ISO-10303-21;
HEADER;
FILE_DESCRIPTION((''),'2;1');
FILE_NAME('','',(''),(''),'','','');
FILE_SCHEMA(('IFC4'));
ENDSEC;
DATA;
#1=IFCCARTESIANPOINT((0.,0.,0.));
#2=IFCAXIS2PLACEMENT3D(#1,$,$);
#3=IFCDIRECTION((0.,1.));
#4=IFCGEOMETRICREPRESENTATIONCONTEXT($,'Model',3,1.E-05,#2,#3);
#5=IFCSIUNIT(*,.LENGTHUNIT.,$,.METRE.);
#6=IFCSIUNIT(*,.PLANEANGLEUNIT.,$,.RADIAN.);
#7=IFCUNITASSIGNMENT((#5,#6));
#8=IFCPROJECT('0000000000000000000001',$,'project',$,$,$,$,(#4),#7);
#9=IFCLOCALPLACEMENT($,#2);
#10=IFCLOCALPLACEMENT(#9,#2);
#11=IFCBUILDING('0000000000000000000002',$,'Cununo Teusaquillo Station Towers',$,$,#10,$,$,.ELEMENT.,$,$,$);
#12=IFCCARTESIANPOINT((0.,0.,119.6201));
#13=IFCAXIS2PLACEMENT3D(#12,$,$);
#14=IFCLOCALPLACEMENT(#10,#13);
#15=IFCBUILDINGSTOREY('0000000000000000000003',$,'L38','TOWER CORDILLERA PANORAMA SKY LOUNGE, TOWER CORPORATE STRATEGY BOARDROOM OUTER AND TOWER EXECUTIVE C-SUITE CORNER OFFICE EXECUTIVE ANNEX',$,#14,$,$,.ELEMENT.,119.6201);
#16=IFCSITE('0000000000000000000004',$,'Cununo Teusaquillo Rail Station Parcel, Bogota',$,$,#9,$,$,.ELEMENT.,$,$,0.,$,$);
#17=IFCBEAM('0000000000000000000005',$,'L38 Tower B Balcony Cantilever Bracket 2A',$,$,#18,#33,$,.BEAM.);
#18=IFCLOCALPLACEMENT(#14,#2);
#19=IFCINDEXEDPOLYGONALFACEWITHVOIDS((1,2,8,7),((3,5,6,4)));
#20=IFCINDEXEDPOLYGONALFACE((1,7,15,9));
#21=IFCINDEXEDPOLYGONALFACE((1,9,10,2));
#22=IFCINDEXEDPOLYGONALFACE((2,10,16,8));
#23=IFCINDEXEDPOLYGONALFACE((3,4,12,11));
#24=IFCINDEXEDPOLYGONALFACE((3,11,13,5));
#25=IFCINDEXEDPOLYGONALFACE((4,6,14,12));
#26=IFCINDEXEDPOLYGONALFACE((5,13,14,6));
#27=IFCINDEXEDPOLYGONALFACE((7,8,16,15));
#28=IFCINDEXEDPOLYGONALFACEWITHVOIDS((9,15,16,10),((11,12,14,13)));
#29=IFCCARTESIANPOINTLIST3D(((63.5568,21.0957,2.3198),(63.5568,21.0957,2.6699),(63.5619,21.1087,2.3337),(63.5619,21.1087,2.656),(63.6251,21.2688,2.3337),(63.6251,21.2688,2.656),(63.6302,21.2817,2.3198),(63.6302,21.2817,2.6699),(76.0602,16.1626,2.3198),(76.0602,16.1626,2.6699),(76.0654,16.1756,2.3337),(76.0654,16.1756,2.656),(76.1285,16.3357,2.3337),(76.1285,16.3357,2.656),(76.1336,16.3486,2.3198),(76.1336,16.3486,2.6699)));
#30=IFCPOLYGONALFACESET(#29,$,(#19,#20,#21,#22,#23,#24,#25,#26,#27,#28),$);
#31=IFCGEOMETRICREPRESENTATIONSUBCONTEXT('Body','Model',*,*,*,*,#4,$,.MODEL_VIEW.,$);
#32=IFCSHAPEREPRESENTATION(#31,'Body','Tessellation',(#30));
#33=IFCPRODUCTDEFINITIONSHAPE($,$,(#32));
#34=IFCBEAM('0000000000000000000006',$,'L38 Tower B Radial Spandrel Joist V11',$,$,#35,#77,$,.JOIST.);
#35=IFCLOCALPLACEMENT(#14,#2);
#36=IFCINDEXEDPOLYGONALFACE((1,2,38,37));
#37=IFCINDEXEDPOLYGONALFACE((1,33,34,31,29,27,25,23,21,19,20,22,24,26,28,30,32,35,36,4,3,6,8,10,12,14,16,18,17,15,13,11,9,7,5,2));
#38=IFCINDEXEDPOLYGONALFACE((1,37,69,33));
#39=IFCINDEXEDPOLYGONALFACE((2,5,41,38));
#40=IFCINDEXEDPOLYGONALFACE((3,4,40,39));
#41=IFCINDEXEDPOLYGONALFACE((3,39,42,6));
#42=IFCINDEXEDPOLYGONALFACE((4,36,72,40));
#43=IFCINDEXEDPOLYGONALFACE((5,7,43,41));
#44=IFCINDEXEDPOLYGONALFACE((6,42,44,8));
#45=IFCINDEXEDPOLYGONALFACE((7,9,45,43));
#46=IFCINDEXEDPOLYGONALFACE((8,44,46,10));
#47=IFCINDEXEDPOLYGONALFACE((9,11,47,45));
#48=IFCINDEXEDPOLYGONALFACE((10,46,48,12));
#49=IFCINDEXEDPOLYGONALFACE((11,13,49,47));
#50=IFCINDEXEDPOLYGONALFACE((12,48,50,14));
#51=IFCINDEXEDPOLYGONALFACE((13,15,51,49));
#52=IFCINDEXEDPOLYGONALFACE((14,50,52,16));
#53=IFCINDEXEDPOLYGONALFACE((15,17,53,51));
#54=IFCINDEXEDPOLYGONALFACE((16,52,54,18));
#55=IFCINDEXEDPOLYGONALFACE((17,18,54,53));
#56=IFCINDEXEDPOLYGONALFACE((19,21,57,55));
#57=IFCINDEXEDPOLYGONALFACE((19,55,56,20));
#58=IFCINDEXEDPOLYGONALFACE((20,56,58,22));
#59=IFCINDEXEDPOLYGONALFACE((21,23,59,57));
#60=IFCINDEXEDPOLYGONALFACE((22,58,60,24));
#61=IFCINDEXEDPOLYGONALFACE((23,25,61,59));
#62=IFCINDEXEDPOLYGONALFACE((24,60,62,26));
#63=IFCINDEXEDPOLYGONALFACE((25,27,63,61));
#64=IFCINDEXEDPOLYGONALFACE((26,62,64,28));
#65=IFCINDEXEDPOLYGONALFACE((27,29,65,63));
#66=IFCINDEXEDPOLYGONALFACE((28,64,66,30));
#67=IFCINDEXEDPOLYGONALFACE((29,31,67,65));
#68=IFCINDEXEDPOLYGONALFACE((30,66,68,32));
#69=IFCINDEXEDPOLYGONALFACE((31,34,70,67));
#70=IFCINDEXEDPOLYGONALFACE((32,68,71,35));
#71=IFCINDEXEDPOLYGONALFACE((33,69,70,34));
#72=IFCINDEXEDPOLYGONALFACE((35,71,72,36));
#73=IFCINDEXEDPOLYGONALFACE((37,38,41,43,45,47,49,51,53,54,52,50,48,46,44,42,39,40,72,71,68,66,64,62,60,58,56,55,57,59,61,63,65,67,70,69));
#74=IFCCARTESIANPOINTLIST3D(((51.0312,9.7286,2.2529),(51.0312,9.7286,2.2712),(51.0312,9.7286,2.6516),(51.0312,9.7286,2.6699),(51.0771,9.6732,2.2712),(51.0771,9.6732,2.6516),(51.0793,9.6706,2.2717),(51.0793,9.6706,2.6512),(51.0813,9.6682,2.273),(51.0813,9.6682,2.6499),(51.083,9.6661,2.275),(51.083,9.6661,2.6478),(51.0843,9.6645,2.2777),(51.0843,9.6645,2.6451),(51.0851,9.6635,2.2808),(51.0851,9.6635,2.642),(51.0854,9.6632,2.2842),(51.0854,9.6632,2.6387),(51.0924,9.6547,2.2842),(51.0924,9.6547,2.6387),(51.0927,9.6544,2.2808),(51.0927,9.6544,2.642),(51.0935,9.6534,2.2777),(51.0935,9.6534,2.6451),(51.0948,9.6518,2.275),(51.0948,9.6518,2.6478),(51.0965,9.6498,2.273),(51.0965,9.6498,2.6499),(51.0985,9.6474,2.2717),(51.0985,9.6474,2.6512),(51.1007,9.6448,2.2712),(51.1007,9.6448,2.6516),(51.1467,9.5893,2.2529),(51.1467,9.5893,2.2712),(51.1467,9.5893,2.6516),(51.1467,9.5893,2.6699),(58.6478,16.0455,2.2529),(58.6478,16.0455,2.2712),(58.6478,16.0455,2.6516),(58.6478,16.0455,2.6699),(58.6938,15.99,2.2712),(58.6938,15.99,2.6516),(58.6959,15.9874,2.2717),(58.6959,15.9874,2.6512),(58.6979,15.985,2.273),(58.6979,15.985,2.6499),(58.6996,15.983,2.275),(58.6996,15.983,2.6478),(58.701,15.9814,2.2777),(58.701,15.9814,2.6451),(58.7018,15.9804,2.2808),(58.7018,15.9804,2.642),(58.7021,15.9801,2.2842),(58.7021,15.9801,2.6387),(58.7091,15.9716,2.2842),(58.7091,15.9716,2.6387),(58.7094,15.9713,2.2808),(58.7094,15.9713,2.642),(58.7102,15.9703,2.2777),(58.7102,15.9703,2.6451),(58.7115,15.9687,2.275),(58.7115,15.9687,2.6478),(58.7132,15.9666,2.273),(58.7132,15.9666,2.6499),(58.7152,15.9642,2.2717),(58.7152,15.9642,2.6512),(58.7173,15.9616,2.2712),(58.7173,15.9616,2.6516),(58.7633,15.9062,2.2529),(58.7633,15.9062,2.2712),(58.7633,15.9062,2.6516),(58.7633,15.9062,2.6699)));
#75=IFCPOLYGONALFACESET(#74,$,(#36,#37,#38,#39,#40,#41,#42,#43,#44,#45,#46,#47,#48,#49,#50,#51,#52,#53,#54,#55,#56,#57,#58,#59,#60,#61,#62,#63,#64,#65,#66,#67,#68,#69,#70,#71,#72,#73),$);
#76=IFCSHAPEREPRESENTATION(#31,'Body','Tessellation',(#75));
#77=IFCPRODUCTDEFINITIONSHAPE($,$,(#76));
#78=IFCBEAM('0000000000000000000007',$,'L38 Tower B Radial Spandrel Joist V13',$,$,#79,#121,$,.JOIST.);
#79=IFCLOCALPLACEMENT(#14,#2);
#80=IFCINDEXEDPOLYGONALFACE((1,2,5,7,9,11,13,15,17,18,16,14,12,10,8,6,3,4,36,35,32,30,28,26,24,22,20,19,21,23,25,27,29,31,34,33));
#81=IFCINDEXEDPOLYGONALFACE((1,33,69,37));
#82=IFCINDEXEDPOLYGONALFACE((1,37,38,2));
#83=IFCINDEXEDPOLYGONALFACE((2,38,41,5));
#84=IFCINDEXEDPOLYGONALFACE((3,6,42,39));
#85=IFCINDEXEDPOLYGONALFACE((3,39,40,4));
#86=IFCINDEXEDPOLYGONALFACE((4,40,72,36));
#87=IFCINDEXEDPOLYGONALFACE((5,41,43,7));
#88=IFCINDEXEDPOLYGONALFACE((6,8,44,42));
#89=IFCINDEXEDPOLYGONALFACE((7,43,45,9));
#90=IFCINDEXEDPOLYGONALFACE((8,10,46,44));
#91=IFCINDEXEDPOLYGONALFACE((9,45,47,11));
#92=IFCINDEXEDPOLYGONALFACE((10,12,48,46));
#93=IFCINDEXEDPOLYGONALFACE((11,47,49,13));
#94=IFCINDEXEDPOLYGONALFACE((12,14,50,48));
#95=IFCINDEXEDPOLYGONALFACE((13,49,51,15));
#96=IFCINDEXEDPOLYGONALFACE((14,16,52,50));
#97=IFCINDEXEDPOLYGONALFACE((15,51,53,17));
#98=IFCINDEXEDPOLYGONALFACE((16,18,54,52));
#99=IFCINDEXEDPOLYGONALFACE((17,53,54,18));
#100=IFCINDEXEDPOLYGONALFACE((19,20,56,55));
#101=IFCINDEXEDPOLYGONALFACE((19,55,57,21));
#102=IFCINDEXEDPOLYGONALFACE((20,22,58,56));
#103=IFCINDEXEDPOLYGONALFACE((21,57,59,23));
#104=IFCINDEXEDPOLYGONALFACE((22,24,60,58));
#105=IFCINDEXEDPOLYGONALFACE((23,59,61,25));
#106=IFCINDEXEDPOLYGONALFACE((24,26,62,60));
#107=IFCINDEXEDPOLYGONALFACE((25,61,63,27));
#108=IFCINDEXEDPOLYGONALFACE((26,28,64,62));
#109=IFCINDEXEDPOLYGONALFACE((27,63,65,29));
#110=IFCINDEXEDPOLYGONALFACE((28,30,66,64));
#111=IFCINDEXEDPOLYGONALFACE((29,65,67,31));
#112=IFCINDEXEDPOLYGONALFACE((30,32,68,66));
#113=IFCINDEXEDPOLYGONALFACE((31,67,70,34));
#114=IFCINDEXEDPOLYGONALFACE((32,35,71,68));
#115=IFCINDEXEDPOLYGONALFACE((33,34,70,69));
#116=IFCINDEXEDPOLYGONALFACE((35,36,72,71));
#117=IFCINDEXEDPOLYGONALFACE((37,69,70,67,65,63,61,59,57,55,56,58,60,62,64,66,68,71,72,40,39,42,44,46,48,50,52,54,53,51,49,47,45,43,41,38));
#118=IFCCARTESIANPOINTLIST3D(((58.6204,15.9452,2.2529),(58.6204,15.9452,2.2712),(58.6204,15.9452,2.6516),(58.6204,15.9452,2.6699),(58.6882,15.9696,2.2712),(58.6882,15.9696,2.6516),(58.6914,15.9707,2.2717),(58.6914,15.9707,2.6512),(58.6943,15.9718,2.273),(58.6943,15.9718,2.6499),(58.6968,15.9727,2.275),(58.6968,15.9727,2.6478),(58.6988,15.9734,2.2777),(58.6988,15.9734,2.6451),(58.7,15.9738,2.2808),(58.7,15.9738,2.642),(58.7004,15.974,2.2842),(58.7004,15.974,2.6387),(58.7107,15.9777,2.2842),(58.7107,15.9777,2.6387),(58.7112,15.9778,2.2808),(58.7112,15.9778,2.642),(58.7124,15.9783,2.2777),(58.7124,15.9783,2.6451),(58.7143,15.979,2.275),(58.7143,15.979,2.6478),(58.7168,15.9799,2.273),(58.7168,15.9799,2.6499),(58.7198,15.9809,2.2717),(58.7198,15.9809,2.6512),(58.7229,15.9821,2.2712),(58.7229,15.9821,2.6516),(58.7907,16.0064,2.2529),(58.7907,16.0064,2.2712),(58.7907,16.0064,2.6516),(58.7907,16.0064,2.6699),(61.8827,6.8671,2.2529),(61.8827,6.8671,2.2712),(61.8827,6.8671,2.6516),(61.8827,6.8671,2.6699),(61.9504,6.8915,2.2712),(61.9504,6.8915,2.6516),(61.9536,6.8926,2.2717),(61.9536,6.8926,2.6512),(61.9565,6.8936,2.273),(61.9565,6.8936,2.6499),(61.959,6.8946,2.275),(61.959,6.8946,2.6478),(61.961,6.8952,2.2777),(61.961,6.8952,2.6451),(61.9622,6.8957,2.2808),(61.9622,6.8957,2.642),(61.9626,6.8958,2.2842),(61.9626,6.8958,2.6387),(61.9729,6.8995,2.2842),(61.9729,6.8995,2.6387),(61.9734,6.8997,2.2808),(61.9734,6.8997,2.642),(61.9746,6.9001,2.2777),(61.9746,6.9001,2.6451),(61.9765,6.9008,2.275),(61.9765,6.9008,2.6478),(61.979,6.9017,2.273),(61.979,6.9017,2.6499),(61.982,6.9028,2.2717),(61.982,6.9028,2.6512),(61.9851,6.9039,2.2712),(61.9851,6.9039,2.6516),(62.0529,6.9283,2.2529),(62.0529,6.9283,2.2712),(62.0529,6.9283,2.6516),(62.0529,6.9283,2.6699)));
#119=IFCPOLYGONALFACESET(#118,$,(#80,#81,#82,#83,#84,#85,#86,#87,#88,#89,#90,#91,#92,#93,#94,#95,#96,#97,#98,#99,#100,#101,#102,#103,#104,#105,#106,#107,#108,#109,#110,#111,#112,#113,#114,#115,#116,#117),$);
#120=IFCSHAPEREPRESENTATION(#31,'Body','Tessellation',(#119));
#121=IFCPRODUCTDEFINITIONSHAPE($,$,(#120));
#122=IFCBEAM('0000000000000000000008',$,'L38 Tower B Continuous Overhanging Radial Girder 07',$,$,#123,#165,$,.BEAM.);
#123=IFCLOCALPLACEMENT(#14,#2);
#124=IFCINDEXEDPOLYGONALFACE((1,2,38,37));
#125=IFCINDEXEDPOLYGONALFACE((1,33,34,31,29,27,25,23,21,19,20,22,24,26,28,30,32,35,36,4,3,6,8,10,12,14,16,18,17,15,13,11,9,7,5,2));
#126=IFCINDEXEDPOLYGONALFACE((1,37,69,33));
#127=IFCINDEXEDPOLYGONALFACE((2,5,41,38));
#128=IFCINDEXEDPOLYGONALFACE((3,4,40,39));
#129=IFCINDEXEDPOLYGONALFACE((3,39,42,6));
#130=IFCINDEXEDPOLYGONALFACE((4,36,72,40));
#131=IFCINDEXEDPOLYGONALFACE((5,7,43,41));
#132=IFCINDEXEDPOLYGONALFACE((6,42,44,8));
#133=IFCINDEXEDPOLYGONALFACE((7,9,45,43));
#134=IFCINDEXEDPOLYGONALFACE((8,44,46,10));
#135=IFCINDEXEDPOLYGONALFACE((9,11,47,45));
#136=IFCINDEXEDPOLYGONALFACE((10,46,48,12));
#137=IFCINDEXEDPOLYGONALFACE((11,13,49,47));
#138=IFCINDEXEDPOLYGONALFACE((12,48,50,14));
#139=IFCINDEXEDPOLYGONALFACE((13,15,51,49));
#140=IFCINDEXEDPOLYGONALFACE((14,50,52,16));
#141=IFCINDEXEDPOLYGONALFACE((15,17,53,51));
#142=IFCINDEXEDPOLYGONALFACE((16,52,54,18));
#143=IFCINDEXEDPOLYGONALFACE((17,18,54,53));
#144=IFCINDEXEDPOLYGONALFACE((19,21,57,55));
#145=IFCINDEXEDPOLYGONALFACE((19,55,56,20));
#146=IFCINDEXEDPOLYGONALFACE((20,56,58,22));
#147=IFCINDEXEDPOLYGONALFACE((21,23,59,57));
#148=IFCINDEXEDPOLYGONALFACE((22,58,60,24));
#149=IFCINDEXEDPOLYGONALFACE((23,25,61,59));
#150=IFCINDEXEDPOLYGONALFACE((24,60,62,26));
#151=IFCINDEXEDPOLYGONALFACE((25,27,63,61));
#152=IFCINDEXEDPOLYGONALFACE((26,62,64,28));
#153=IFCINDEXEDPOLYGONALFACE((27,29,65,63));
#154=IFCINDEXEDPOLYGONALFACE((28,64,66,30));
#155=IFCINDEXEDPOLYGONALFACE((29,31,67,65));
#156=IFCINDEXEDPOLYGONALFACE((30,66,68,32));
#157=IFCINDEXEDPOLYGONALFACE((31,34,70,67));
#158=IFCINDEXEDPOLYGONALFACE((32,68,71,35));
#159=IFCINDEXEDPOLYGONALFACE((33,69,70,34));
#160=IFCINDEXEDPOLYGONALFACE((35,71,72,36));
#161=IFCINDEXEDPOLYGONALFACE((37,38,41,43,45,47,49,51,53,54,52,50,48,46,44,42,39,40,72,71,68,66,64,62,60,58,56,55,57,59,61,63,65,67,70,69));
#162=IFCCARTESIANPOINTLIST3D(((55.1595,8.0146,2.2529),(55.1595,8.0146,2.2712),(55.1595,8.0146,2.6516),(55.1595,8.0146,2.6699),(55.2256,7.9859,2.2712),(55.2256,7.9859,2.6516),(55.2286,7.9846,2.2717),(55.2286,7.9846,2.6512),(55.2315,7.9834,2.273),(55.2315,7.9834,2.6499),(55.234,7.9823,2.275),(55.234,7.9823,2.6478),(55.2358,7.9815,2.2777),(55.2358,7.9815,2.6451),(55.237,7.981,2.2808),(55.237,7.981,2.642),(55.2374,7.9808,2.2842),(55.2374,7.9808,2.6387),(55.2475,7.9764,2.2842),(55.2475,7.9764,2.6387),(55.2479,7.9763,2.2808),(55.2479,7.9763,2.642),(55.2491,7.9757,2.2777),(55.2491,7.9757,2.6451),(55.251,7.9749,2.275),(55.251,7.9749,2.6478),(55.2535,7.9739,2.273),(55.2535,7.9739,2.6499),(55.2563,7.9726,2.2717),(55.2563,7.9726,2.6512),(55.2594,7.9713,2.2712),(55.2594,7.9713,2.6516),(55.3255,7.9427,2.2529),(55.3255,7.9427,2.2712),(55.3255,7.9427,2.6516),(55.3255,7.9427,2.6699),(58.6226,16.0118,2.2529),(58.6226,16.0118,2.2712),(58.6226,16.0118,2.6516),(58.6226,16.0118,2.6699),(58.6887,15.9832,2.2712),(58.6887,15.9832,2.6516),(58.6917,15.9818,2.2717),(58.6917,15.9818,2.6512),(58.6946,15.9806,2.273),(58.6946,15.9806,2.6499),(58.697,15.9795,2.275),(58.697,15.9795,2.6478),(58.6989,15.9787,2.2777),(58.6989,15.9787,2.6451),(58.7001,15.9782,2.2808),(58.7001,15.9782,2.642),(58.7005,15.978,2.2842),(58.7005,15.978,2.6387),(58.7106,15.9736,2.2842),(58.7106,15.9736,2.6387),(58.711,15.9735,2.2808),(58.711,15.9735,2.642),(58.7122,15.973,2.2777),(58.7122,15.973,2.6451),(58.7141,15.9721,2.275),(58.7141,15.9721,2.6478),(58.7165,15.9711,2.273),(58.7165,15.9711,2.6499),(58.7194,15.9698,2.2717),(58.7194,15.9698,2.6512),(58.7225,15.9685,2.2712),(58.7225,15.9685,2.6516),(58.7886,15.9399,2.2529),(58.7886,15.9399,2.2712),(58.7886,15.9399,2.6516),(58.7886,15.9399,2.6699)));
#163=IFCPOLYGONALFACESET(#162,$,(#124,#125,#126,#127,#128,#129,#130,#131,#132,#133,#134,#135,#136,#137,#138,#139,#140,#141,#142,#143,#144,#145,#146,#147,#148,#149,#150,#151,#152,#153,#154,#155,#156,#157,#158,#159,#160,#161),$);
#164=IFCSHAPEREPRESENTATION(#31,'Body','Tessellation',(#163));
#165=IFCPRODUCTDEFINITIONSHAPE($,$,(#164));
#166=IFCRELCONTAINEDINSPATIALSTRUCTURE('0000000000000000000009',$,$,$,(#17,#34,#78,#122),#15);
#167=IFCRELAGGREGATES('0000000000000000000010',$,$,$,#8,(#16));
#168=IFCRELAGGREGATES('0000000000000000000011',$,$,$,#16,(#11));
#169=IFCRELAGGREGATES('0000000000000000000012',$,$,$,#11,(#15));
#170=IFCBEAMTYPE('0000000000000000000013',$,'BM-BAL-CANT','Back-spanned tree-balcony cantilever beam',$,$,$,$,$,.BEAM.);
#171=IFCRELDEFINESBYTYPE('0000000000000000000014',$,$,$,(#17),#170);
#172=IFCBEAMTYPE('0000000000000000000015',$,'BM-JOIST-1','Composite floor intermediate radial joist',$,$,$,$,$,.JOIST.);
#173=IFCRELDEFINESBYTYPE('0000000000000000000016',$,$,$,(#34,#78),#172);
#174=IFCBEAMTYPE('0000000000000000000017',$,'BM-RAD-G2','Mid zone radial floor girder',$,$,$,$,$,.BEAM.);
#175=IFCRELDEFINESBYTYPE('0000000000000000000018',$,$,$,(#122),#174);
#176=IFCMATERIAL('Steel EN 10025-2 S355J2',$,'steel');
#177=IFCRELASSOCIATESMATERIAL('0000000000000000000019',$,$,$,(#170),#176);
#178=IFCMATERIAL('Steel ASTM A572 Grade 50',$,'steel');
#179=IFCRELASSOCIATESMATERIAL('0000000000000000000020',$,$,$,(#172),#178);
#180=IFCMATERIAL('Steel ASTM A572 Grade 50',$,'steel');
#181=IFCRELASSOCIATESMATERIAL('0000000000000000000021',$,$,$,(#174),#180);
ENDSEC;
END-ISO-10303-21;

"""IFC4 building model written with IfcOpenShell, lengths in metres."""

from ifc_helpers import new_model, si_unit, direction, frame, origin, origin_2d, place, context, subcontext, project, spatial, hollow_rectangle, i_section, extrude, material, material_profile, profile_set, type_object, element, save


model = new_model("IFC4")

# Units and contexts
model_context = context("Model", 3, precision=1e-05, world=origin(), true_north=direction((0.0, 1.0)))
body_context = subcontext(model_context, "Body", "Model", "MODEL_VIEW")
ifc_project = project(units=[si_unit("LENGTHUNIT", "METRE"), si_unit("PLANEANGLEUNIT", "RADIAN")], contexts=[model_context])

# Site, building, storey
site_placement = place(None, origin())
site = spatial("IfcSite", under=ifc_project, at=site_placement, Name="Cununo Teusaquillo Rail Station Parcel, Bogota", CompositionType="ELEMENT", RefElevation=0.0)
building_placement = place(site_placement, origin())
building = spatial("IfcBuilding", under=site, at=building_placement, Name="Cununo Teusaquillo Station Towers", CompositionType="ELEMENT")
storey_placement = place(building_placement, frame((0.0, 0.0, 119.6201)))
storey = spatial("IfcBuildingStorey", under=building, at=storey_placement, Name="L38", Description="TOWER CORDILLERA PANORAMA SKY LOUNGE, TOWER CORPORATE STRATEGY BOARDROOM OUTER AND TOWER EXECUTIVE C-SUITE CORNER OFFICE EXECUTIVE ANNEX", CompositionType="ELEMENT", Elevation=119.6201)

# Beams
ifc_material_1 = material(Name="Steel EN 10025-2 S355J2", Category="steel")
ifc_material_profile_1 = material_profile(ifc_material_1, hollow_rectangle(XDim=0.2, YDim=0.3501, WallThickness=0.0139, at=origin_2d()), Name="RHS 350x200x14")
ifc_profile_set_1 = profile_set([ifc_material_profile_1], Name="Steel EN 10025-2 S355J2")
beam_type_1 = type_object("IfcBeamType", Name="BM-BAL-CANT", Description="Back-spanned tree-balcony cantilever beam", PredefinedType="BEAM", material=ifc_profile_set_1)
beam_1_placement = place(storey_placement, frame((63.5935, 21.1887, 2.4949), z_axis=(0.930218, -0.367009, 0.0), x_axis=(0.367009, 0.930218, 0.0)))
element("IfcBeam", 1, at=beam_1_placement, inside=storey, type_object=beam_type_1, Name="L38 Tower B Balcony Cantilever Bracket 2A", PredefinedType="BEAM", context=body_context, shape_type="SweptSolid", body=[
    extrude(hollow_rectangle(XDim=0.2, YDim=0.3501, WallThickness=0.0139, at=origin_2d()), origin(), (0.0, 0.0, 1.0), 13.4414),
])
ifc_material_2 = material(Name="Steel ASTM A572 Grade 50", Category="steel")
ifc_material_profile_2 = material_profile(ifc_material_2, i_section(OverallWidth=0.1809, OverallDepth=0.417, WebThickness=0.011, FlangeThickness=0.0183, FilletRadius=0.0129, at=origin_2d()), Name="W16X57")
ifc_profile_set_2 = profile_set([ifc_material_profile_2], Name="Steel ASTM A572 Grade 50")
beam_type_2 = type_object("IfcBeamType", Name="BM-JOIST-1", Description="Composite floor intermediate radial joist", PredefinedType="JOIST", material=ifc_profile_set_2)
beam_2_placement = place(storey_placement, frame((58.7056, 15.9758, 2.4614), z_axis=(-0.769728, -0.638372, 0.0), x_axis=(0.638372, -0.769728, 0.0)))
element("IfcBeam", 2, at=beam_2_placement, inside=storey, type_object=beam_type_2, Name="L38 Tower B Radial Spandrel Joist V11", PredefinedType="JOIST", context=body_context, shape_type="SweptSolid", body=[
    extrude(i_section(OverallWidth=0.1809, OverallDepth=0.417, WebThickness=0.011, FlangeThickness=0.0183, FilletRadius=0.0129, at=origin_2d()), origin(), (0.0, 0.0, 1.0), 9.8953),
])
beam_3_placement = place(storey_placement, frame((58.7056, 15.9758, 2.4614), z_axis=(0.338176, -0.941083, 0.0), x_axis=(0.941083, 0.338176, 0.0)))
element("IfcBeam", 3, at=beam_3_placement, inside=storey, type_object=beam_type_2, Name="L38 Tower B Radial Spandrel Joist V13", PredefinedType="JOIST", context=body_context, shape_type="SweptSolid", body=[
    extrude(i_section(OverallWidth=0.1809, OverallDepth=0.417, WebThickness=0.011, FlangeThickness=0.0183, FilletRadius=0.0129, at=origin_2d()), origin(), (0.0, 0.0, 1.0), 9.6465),
])
ifc_material_3 = material(Name="Steel ASTM A572 Grade 50", Category="steel")
ifc_material_profile_3 = material_profile(ifc_material_3, i_section(OverallWidth=0.1809, OverallDepth=0.417, WebThickness=0.011, FlangeThickness=0.0183, FilletRadius=0.0129, at=origin_2d()), Name="W16X57")
ifc_profile_set_3 = profile_set([ifc_material_profile_3], Name="Steel ASTM A572 Grade 50")
beam_type_3 = type_object("IfcBeamType", Name="BM-RAD-G2", Description="Mid zone radial floor girder", PredefinedType="BEAM", material=ifc_profile_set_3)
beam_4_placement = place(storey_placement, frame((58.7056, 15.9758, 2.4614), z_axis=(-0.397379, -0.917655, 0.0), x_axis=(0.917655, -0.397379, 0.0)))
element("IfcBeam", 4, at=beam_4_placement, inside=storey, type_object=beam_type_3, Name="L38 Tower B Continuous Overhanging Radial Girder 07", PredefinedType="BEAM", context=body_context, shape_type="SweptSolid", body=[
    extrude(i_section(OverallWidth=0.1809, OverallDepth=0.417, WebThickness=0.011, FlangeThickness=0.0183, FilletRadius=0.0129, at=origin_2d()), origin(), (0.0, 0.0, 1.0), 8.7148),
])

save(model, "model.ifc")
